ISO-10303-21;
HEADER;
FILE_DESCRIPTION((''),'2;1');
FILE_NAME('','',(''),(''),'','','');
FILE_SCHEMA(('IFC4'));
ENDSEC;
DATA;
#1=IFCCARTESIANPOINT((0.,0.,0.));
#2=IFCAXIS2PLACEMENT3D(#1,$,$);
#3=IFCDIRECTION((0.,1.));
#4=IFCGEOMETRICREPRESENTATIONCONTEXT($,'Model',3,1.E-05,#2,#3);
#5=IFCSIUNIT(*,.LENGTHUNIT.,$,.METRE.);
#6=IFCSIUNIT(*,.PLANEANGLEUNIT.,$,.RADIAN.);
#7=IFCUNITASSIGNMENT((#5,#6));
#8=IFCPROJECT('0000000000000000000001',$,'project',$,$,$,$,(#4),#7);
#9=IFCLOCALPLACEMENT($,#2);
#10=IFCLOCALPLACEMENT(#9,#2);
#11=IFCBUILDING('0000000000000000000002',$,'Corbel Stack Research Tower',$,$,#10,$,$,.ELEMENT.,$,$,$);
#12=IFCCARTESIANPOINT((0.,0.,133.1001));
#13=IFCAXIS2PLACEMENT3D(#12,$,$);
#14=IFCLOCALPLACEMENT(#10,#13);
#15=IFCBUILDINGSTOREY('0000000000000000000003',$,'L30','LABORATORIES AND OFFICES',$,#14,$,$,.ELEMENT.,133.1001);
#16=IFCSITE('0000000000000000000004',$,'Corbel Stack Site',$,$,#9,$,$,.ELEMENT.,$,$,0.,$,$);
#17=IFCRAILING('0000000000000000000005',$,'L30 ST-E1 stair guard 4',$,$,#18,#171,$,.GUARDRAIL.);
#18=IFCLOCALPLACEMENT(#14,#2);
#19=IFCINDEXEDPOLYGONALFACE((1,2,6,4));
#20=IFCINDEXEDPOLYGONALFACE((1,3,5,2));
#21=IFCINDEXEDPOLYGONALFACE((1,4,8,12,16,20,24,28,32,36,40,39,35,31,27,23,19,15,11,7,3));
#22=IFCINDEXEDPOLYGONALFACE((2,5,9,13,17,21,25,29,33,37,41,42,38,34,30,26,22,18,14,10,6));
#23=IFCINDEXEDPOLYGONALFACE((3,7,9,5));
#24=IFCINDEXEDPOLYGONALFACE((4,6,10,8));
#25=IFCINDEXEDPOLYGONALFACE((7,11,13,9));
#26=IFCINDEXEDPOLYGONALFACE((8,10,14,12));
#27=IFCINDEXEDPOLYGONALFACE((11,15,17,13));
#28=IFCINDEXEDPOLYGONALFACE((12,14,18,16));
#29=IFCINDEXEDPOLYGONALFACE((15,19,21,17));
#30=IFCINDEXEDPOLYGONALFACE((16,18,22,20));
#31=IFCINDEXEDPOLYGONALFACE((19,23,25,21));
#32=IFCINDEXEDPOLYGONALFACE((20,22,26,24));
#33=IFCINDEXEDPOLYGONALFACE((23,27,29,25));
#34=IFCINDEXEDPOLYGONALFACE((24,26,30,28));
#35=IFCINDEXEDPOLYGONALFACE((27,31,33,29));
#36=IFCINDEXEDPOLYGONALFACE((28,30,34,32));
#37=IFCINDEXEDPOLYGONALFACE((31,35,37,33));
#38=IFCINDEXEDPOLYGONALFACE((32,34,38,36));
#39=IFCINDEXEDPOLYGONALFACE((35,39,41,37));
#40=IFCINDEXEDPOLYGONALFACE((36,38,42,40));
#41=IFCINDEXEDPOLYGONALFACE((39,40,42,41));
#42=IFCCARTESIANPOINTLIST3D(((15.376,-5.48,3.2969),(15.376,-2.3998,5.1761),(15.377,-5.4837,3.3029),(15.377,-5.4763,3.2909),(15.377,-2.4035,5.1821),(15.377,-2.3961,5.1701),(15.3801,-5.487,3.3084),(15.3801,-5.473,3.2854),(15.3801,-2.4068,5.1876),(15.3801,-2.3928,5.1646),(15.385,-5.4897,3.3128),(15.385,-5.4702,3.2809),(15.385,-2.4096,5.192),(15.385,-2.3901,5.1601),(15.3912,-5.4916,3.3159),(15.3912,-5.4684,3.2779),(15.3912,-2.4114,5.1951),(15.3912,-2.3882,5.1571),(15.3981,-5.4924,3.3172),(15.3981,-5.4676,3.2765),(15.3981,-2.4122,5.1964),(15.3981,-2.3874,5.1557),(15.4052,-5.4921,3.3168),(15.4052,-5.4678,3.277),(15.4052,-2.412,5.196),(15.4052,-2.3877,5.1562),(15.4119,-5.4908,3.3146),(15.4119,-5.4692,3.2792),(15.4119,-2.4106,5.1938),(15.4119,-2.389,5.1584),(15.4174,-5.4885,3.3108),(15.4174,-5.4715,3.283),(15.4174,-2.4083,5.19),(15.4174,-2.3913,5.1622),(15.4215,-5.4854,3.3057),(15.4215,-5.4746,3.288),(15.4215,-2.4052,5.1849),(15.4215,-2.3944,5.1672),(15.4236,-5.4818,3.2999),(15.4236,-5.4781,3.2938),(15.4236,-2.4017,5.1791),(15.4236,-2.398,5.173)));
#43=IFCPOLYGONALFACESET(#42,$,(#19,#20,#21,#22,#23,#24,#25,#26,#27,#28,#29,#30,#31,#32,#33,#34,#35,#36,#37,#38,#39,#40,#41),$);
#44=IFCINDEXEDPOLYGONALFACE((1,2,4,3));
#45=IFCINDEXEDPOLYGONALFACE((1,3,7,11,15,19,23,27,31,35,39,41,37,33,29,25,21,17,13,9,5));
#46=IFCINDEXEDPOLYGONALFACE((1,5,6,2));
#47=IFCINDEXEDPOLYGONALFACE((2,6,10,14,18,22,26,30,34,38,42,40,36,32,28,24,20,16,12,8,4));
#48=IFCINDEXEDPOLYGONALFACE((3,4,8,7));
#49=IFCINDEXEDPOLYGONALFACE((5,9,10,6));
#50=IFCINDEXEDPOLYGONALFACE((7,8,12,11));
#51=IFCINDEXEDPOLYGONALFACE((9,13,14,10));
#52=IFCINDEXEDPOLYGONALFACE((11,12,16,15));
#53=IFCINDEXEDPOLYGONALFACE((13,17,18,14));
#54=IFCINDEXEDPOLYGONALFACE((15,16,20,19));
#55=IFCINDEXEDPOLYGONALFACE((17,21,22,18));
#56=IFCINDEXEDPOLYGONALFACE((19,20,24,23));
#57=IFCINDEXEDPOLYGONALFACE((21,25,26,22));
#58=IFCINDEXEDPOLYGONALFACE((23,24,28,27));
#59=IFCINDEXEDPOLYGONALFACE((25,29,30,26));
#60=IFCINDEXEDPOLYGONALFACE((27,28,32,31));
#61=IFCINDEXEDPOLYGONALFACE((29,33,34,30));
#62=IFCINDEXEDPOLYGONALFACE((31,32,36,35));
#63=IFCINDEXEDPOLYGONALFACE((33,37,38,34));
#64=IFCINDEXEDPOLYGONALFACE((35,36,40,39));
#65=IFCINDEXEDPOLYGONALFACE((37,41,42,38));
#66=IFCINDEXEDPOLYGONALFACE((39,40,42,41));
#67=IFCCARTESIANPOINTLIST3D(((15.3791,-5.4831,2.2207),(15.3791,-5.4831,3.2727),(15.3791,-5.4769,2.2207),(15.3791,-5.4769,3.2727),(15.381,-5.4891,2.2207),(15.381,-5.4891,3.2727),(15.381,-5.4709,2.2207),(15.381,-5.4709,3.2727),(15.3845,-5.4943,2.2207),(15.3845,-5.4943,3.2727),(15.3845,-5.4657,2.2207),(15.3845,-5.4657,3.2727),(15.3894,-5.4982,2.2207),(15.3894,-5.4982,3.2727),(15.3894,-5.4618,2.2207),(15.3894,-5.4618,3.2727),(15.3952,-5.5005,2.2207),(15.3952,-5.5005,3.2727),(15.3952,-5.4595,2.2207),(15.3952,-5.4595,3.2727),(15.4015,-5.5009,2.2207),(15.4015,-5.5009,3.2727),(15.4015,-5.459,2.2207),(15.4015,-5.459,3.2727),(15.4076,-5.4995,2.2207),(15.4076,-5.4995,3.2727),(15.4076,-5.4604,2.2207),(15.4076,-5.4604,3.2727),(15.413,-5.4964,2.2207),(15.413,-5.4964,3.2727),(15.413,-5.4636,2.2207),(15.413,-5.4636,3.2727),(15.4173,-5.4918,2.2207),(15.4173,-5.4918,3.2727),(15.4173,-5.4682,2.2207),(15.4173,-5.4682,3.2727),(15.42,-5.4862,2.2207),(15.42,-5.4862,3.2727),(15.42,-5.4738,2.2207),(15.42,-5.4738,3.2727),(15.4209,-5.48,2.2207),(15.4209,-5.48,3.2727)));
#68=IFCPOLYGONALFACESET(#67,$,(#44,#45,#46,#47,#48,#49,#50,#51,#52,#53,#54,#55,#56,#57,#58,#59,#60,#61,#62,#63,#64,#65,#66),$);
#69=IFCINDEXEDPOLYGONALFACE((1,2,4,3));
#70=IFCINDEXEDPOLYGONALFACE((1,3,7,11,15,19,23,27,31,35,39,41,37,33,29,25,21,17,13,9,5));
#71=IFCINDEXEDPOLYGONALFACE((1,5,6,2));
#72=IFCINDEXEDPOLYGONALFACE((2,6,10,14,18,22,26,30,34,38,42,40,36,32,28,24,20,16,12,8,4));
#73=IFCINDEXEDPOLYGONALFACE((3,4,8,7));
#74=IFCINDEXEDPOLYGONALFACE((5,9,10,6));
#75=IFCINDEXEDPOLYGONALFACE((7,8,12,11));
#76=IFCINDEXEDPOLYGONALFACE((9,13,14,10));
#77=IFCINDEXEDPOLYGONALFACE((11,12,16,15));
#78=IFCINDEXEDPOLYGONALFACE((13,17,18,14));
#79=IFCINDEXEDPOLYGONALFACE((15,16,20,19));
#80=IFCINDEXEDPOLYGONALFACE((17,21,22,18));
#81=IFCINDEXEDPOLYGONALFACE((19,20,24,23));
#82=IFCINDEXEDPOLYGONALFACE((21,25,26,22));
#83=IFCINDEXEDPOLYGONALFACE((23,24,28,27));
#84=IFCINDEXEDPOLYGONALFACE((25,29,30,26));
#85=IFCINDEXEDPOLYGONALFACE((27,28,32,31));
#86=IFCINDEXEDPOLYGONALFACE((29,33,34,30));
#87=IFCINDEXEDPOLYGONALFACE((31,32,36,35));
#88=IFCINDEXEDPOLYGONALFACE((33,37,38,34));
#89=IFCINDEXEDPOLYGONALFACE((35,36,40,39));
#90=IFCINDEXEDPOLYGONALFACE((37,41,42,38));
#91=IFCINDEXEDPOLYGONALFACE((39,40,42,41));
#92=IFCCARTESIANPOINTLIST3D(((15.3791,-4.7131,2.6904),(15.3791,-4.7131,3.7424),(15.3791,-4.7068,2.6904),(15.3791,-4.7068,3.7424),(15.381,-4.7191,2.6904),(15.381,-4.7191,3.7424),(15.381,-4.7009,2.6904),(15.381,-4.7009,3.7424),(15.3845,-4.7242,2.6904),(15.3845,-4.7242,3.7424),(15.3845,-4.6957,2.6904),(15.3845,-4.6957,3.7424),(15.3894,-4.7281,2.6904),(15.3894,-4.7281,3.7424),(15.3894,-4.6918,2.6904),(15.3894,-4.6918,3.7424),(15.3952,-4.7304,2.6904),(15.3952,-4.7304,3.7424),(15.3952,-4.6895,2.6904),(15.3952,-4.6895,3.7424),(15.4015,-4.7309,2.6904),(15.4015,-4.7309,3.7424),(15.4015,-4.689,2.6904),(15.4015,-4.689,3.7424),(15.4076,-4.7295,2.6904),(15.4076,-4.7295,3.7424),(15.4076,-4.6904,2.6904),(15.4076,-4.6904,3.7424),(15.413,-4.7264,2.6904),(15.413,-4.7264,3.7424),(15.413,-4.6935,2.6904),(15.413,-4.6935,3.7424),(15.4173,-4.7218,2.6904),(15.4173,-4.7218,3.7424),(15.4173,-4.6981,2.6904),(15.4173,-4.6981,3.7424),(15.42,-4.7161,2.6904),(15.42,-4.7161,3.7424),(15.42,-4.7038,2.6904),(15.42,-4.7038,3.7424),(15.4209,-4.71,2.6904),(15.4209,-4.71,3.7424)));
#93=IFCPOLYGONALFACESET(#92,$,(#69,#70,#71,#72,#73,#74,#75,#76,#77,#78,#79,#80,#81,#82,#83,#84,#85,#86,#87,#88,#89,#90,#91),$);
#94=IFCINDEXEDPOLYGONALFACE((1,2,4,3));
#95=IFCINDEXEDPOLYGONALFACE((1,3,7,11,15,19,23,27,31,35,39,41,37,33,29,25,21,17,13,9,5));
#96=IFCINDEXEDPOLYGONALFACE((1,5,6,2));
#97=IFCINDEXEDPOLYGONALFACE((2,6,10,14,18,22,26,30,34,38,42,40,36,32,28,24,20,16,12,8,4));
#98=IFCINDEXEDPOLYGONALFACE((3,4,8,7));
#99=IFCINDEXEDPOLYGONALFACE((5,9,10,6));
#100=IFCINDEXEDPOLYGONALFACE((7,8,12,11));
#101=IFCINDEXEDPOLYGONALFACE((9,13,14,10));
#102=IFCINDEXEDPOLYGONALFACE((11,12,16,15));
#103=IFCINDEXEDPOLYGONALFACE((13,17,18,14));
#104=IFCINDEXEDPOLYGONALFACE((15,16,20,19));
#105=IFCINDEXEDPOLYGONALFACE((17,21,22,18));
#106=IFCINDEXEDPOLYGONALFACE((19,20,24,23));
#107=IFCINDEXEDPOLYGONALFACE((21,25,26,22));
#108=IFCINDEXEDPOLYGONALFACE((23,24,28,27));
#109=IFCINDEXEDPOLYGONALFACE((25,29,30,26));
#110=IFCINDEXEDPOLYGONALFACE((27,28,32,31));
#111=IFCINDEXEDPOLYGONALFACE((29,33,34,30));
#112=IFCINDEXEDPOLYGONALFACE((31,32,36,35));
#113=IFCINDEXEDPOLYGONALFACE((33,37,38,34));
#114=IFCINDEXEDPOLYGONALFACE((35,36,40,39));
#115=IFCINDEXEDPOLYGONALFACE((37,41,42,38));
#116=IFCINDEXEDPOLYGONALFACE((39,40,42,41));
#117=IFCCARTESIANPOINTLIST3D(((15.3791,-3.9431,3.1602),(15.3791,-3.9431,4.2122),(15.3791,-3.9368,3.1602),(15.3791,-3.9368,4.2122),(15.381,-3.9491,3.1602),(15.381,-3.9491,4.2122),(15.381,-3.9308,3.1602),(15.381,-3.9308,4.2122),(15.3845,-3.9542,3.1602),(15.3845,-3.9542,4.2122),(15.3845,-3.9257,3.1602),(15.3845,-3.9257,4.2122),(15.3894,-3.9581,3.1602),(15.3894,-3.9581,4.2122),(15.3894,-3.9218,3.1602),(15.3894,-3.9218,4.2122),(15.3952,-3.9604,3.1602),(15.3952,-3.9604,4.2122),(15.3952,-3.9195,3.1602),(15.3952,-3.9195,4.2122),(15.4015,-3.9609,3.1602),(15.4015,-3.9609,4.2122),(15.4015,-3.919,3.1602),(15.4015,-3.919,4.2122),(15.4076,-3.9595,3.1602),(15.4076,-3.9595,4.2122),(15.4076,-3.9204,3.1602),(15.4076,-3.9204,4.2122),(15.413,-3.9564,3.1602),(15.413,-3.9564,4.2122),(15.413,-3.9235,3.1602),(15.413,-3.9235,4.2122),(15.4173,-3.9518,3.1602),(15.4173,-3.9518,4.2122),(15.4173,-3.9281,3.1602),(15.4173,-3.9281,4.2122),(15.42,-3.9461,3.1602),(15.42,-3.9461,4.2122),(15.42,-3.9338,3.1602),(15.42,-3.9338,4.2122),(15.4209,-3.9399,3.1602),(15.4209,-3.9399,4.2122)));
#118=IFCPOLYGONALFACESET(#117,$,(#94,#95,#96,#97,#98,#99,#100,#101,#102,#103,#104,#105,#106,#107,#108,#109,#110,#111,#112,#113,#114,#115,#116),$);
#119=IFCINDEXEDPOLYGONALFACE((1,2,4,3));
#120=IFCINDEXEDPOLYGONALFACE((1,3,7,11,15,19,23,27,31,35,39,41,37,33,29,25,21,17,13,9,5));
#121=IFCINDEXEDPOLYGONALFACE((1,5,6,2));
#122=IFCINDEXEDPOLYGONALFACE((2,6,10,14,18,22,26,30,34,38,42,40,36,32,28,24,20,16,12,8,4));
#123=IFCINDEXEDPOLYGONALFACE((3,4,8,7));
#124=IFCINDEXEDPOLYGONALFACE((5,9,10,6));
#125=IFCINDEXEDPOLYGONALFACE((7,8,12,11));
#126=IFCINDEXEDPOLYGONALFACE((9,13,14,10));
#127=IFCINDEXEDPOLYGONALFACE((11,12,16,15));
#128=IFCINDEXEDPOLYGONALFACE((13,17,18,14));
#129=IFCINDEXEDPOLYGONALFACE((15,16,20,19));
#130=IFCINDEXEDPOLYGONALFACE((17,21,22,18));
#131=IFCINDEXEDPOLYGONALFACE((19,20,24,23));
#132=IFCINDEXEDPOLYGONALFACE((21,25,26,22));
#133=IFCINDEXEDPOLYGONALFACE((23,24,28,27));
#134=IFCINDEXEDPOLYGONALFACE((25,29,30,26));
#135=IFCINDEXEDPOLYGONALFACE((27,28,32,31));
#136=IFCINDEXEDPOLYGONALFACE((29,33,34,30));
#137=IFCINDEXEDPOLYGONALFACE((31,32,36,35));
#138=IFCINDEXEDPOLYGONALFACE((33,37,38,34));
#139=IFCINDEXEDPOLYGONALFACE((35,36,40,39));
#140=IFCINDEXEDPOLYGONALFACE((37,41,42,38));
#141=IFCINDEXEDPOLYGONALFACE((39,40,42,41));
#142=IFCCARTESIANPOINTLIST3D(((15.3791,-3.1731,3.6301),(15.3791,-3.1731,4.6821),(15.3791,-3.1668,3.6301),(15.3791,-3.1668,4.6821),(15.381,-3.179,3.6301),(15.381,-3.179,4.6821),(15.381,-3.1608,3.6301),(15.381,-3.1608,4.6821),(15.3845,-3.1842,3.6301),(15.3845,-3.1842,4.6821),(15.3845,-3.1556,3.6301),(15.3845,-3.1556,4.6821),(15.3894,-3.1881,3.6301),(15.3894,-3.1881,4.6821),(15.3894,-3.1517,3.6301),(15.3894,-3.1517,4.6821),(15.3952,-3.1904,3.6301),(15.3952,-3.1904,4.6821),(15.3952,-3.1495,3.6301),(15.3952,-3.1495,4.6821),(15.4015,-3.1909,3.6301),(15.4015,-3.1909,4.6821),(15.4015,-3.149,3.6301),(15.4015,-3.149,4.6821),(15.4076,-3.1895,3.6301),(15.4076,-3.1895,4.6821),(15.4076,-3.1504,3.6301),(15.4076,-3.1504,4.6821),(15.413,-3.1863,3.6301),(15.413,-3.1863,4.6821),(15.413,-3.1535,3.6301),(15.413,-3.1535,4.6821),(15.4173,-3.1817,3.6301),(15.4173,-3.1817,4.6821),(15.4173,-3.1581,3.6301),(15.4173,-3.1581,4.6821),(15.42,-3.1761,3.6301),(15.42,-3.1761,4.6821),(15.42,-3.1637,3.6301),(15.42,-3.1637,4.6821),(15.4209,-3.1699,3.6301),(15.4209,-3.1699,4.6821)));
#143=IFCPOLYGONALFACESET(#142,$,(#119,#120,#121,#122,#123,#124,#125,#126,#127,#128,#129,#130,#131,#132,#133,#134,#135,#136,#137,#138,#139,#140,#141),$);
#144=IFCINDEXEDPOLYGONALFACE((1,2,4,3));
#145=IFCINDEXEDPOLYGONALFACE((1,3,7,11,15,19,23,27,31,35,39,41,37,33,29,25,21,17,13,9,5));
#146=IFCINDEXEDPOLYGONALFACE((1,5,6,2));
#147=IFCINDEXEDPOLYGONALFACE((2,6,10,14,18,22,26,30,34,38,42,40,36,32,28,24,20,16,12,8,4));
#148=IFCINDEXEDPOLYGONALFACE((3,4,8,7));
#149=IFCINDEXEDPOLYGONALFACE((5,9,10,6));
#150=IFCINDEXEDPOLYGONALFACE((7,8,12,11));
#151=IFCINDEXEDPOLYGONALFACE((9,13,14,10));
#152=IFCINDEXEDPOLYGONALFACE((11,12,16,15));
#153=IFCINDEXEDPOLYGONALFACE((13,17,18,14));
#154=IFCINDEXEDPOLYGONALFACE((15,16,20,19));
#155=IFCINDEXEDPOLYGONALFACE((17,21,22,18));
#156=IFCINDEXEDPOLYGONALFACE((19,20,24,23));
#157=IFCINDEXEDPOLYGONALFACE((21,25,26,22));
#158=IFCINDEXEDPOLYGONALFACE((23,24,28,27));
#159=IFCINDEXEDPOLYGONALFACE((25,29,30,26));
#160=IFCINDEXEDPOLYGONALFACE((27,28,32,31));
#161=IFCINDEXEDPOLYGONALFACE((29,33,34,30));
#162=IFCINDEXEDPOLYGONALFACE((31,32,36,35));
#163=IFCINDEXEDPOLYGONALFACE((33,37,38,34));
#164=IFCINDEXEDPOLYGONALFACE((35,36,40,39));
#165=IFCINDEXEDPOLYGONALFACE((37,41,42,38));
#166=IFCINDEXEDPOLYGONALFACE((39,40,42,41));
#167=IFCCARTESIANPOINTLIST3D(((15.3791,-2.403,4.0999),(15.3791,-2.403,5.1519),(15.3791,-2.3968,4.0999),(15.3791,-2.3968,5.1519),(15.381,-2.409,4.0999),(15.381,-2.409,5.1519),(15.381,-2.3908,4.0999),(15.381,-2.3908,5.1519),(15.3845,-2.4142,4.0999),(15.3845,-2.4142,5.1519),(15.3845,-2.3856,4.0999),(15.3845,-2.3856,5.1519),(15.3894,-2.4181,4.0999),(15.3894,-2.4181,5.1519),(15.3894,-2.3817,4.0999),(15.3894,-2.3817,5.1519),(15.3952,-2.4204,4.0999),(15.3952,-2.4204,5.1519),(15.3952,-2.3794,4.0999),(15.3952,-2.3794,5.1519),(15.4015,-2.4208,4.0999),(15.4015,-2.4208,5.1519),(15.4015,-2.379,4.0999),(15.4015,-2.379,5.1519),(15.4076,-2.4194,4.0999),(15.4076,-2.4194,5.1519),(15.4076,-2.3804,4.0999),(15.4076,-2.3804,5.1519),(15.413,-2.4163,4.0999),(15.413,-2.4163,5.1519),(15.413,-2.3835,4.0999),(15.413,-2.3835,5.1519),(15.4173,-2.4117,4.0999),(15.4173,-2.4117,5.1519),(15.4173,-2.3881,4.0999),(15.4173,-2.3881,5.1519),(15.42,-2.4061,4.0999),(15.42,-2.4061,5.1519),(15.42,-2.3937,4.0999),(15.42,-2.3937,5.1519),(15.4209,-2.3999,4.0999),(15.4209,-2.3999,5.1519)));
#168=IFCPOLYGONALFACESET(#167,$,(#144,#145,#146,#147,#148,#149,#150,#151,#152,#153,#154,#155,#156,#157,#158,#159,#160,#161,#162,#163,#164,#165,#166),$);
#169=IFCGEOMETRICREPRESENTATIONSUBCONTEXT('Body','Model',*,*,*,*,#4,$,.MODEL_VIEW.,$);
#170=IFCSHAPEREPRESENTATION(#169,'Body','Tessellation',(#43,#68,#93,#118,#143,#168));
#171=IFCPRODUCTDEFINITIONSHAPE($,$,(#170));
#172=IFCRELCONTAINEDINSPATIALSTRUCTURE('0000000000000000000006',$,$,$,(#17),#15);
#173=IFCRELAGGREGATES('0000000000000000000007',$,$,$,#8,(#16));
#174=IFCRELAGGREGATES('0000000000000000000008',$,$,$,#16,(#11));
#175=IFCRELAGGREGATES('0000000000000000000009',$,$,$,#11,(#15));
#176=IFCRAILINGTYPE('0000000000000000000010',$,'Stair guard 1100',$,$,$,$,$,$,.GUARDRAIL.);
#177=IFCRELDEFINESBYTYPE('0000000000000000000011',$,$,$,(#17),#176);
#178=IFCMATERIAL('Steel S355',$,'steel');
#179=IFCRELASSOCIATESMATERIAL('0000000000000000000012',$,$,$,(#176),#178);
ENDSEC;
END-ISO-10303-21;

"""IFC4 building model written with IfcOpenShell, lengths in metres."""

from ifc_helpers import new_model, si_unit, direction, frame, origin, origin_2d, place, context, subcontext, project, spatial, circle, extrude, material, type_object, element, save


model = new_model("IFC4")

# Units and contexts
model_context = context("Model", 3, precision=1e-05, world=origin(), true_north=direction((0.0, 1.0)))
body_context = subcontext(model_context, "Body", "Model", "MODEL_VIEW")
ifc_project = project(units=[si_unit("LENGTHUNIT", "METRE"), si_unit("PLANEANGLEUNIT", "RADIAN")], contexts=[model_context])

# Site, building, storey
site_placement = place(None, origin())
site = spatial("IfcSite", under=ifc_project, at=site_placement, Name="Corbel Stack Site", CompositionType="ELEMENT", RefElevation=0.0)
building_placement = place(site_placement, origin())
building = spatial("IfcBuilding", under=site, at=building_placement, Name="Corbel Stack Research Tower", CompositionType="ELEMENT")
storey_placement = place(building_placement, frame((0.0, 0.0, 133.1001)))
storey = spatial("IfcBuildingStorey", under=building, at=storey_placement, Name="L30", Description="LABORATORIES AND OFFICES", CompositionType="ELEMENT", Elevation=133.1001)

# Railing
ifc_material_1 = material(Name="Steel S355", Category="steel")
railing_type_1 = type_object("IfcRailingType", Name="Stair guard 1100", PredefinedType="GUARDRAIL", material=ifc_material_1)
railing_1_placement = place(storey_placement, frame((15.3999, -5.48, 2.2207)))
element("IfcRailing", 1, at=railing_1_placement, inside=storey, type_object=railing_type_1, Name="L30 ST-E1 stair guard 4", PredefinedType="GUARDRAIL", context=body_context, shape_type="SweptSolid", body=[
    extrude(circle(Radius=0.0239, at=origin_2d()), frame((0.0, 0.0, 1.0762), z_axis=(0.0, 0.853666, 0.52082), x_axis=(-1.0, 0.0, 0.0)), (0.0, 0.0, 1.0), 3.6082),
    extrude(circle(Radius=0.021, at=origin_2d()), origin(), (0.0, 0.0, 1.0), 1.052),
    extrude(circle(Radius=0.021, at=origin_2d()), frame((0.0, 0.77, 0.4697)), (0.0, 0.0, 1.0), 1.052),
    extrude(circle(Radius=0.021, at=origin_2d()), frame((0.0, 1.54, 0.9395)), (0.0, 0.0, 1.0), 1.052),
    extrude(circle(Radius=0.021, at=origin_2d()), frame((0.0, 2.3101, 1.4094)), (0.0, 0.0, 1.0), 1.052),
    extrude(circle(Radius=0.021, at=origin_2d()), frame((0.0, 3.0801, 1.8792)), (0.0, 0.0, 1.0), 1.052),
])

save(model, "model.ifc")
